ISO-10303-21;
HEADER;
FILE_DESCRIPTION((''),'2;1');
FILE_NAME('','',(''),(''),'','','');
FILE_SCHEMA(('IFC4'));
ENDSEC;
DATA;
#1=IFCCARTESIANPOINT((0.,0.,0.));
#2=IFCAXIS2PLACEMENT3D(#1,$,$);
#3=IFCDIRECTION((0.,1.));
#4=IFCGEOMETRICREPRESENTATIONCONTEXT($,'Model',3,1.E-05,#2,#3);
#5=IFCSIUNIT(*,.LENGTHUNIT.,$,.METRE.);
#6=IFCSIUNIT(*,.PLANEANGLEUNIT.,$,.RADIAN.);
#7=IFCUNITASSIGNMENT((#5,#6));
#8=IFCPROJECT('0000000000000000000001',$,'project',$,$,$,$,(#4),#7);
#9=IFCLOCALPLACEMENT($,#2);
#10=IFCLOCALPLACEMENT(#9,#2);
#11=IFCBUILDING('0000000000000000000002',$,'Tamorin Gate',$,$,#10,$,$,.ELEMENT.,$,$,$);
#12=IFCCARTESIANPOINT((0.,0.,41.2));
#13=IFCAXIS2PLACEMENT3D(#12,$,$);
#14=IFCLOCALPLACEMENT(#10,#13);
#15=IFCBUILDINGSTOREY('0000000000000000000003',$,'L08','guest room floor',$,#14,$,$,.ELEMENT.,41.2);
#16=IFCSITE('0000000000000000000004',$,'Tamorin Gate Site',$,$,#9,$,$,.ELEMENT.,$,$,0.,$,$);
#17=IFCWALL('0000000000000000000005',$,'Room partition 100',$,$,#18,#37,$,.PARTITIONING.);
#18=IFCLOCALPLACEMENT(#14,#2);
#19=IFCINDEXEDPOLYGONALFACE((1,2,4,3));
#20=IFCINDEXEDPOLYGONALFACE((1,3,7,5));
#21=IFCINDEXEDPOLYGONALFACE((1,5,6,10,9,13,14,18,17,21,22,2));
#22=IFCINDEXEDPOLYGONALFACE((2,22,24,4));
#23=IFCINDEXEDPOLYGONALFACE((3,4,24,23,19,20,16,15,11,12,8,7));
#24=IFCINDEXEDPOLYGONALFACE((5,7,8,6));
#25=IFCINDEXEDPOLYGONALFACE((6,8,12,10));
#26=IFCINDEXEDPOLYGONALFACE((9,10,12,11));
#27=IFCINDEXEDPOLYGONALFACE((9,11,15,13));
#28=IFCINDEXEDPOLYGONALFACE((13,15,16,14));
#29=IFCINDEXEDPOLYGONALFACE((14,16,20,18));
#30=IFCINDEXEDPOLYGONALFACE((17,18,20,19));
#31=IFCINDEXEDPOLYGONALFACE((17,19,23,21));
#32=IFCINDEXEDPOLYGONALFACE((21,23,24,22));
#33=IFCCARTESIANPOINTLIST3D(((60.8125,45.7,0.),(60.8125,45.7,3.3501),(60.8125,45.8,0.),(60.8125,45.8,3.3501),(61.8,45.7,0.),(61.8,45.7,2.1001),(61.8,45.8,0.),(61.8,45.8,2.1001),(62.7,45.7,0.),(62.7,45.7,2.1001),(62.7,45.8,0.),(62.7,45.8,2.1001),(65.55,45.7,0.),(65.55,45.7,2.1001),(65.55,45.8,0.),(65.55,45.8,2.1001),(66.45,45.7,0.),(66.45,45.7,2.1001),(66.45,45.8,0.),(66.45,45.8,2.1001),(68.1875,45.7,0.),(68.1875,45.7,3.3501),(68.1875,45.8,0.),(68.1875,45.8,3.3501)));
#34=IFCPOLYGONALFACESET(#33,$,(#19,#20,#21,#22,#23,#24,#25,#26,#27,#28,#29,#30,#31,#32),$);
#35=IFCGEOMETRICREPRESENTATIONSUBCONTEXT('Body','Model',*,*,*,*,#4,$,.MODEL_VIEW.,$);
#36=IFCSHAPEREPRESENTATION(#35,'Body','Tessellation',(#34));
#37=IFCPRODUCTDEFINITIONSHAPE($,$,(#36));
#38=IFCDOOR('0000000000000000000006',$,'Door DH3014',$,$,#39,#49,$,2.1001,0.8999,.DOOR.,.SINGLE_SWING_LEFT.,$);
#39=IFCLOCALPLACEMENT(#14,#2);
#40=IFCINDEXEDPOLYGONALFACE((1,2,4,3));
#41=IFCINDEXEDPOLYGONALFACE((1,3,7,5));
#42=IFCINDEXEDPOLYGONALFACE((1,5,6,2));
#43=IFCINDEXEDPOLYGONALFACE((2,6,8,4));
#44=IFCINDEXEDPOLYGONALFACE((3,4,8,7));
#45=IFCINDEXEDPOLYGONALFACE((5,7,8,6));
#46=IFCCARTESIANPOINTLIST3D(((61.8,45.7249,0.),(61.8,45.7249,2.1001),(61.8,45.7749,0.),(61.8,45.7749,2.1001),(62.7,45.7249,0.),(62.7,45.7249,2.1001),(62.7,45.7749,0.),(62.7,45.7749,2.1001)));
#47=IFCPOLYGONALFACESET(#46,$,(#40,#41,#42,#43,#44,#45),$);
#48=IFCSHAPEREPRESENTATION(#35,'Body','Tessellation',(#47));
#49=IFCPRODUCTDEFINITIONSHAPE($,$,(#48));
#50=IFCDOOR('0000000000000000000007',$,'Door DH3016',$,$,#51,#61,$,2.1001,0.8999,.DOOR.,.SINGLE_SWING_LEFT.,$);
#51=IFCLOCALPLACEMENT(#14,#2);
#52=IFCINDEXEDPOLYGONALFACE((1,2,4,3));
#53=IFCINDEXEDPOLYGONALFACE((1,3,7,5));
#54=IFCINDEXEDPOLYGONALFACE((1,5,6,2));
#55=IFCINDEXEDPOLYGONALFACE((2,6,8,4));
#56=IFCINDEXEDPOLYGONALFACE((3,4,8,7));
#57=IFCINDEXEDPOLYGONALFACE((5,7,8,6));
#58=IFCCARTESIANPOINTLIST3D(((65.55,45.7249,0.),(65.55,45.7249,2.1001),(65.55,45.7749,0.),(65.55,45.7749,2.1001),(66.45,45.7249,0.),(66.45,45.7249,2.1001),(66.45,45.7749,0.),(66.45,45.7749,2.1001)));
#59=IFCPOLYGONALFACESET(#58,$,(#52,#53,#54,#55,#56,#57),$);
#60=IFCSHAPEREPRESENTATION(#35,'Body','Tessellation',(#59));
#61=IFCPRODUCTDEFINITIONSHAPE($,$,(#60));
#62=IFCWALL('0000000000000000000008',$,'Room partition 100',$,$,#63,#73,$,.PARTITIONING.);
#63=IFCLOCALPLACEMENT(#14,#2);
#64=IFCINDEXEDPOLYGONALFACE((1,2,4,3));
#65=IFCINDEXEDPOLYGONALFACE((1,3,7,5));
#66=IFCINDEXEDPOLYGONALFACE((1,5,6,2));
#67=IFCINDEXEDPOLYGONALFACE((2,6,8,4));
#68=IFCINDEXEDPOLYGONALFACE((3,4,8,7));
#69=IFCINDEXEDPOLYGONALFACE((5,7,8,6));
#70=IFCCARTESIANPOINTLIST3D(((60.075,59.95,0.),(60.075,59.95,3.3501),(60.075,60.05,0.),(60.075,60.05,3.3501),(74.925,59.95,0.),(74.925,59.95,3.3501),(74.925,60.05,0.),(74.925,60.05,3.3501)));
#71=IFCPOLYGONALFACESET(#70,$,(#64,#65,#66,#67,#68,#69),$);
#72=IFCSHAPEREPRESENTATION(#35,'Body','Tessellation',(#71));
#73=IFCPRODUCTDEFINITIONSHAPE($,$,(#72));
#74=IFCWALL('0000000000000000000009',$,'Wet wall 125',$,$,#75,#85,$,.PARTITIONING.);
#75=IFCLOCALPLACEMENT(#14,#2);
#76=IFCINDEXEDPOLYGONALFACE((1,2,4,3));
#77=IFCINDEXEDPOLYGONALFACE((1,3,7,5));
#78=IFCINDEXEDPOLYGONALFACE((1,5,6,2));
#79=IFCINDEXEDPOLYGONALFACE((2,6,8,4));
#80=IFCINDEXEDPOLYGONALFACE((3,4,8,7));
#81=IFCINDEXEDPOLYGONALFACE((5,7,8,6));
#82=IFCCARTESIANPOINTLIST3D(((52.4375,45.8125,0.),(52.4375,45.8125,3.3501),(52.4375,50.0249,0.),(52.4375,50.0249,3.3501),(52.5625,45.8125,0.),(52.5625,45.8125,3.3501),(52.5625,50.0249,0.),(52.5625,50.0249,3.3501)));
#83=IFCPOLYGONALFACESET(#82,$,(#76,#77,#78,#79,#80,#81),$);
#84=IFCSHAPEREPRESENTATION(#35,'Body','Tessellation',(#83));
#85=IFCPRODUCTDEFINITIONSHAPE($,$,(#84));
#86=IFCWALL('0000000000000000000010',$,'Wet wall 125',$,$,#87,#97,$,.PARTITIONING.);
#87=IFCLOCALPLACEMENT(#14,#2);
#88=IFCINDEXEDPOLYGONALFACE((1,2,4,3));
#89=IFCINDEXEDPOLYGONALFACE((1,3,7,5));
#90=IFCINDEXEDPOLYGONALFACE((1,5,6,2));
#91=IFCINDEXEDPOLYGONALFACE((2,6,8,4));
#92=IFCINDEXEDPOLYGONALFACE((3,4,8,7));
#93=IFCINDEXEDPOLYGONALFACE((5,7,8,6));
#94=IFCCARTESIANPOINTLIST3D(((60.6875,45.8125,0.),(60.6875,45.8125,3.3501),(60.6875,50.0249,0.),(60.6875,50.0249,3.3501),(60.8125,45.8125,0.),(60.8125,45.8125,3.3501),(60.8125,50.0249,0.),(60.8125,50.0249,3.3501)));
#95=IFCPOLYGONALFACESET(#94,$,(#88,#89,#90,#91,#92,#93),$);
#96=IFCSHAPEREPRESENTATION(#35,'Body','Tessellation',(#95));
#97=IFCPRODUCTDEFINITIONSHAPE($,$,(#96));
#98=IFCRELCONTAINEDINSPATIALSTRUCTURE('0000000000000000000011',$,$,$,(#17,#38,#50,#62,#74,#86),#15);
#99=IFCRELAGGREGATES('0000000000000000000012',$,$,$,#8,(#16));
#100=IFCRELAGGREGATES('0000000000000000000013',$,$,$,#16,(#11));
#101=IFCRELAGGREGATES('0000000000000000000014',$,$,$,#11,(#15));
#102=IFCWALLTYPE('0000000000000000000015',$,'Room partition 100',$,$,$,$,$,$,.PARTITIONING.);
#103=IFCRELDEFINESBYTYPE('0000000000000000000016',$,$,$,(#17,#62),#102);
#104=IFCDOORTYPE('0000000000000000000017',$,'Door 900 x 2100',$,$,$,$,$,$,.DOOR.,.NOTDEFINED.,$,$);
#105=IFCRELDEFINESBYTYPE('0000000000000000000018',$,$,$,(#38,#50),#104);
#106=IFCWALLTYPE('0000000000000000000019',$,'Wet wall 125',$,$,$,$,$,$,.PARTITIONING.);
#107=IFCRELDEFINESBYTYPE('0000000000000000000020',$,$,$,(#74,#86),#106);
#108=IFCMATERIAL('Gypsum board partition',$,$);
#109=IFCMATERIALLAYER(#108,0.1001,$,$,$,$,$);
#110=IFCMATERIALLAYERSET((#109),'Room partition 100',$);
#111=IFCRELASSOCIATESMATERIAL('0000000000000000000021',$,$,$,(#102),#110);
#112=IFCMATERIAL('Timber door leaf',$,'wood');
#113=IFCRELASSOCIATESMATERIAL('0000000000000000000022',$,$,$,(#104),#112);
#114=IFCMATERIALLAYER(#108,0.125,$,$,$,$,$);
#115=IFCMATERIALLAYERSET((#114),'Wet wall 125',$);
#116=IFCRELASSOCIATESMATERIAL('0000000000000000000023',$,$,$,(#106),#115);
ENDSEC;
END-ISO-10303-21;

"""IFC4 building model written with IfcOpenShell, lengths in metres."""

from ifc_helpers import new_model, si_unit, direction, frame, frame_2d, origin, place, context, subcontext, project, spatial, rectangle, extrude, material, layer, layer_set, type_object, element, fill, save


model = new_model("IFC4")

# Units and contexts
model_context = context("Model", 3, precision=1e-05, world=origin(), true_north=direction((0.0, 1.0)))
body_context = subcontext(model_context, "Body", "Model", "MODEL_VIEW")
ifc_project = project(units=[si_unit("LENGTHUNIT", "METRE"), si_unit("PLANEANGLEUNIT", "RADIAN")], contexts=[model_context])

# Site, building, storey
site_placement = place(None, origin())
site = spatial("IfcSite", under=ifc_project, at=site_placement, Name="Tamorin Gate Site", CompositionType="ELEMENT", RefElevation=0.0)
building_placement = place(site_placement, origin())
building = spatial("IfcBuilding", under=site, at=building_placement, Name="Tamorin Gate", CompositionType="ELEMENT")
storey_placement = place(building_placement, frame((0.0, 0.0, 41.2)))
storey = spatial("IfcBuildingStorey", under=building, at=storey_placement, Name="L08", Description="guest room floor", CompositionType="ELEMENT", Elevation=41.2)

# Shared definitions
ifc_material_1 = material(Name="Gypsum board partition")
ifc_material_2 = material(Name="Timber door leaf", Category="wood")

# Wall, openings, doors
ifc_layer_1 = layer(ifc_material_1, 0.1001)
ifc_layer_set_1 = layer_set([ifc_layer_1], Name="Room partition 100")
wall_type_1 = type_object("IfcWallType", Name="Room partition 100", PredefinedType="PARTITIONING", material=ifc_layer_set_1)
wall_1_placement = place(storey_placement, frame((60.8125, 45.75, 0.0), z_axis=(0.0, 0.0, 1.0), x_axis=(1.0, 0.0, 0.0)))
wall_1 = element("IfcWall", 1, at=wall_1_placement, inside=storey, type_object=wall_type_1, Name="Room partition 100", PredefinedType="PARTITIONING", context=body_context, shape_type="SweptSolid", body=[
    extrude(rectangle(XDim=7.375, YDim=0.1001, at=frame_2d((3.6875, 0.0))), origin(), (0.0, 0.0, 1.0), 3.3501),
])
opening_1_placement = place(wall_1_placement, frame((0.9875, 0.0, 0.0)))
opening_1 = element("IfcOpeningElement", 2, at=opening_1_placement, cuts=wall_1, PredefinedType="OPENING", context=body_context, shape_type="SweptSolid", body=[
    extrude(rectangle(XDim=0.8999, YDim=2.1001, at=frame_2d((0.45, 1.05))), frame((0.0, 0.0601, 0.0), z_axis=(0.0, -1.0, 0.0), x_axis=(1.0, 0.0, 0.0)), (0.0, 0.0, 1.0), 0.1201),
])
opening_2_placement = place(wall_1_placement, frame((4.7375, 0.0, 0.0)))
opening_2 = element("IfcOpeningElement", 3, at=opening_2_placement, cuts=wall_1, PredefinedType="OPENING", context=body_context, shape_type="SweptSolid", body=[
    extrude(rectangle(XDim=0.8999, YDim=2.1001, at=frame_2d((0.45, 1.05))), frame((0.0, 0.0601, 0.0), z_axis=(0.0, -1.0, 0.0), x_axis=(1.0, 0.0, 0.0)), (0.0, 0.0, 1.0), 0.1201),
])
door_type_1 = type_object("IfcDoorType", Name="Door 900 x 2100", OperationType="NOTDEFINED", PredefinedType="DOOR", material=ifc_material_2)
door_1_placement = place(opening_1_placement, origin())
door_1 = element("IfcDoor", 4, at=door_1_placement, inside=storey, type_object=door_type_1, Name="Door DH3014", OperationType="SINGLE_SWING_LEFT", OverallHeight=2.1001, OverallWidth=0.8999, PredefinedType="DOOR", context=body_context, shape_type="SweptSolid", body=[
    extrude(rectangle(XDim=0.8999, YDim=2.1001, at=frame_2d((0.45, 1.05))), frame((0.0, 0.0249, 0.0), z_axis=(0.0, -1.0, 0.0), x_axis=(1.0, 0.0, 0.0)), (0.0, 0.0, 1.0), 0.05),
])
fill(opening_1, door_1)
door_2_placement = place(opening_2_placement, origin())
door_2 = element("IfcDoor", 5, at=door_2_placement, inside=storey, type_object=door_type_1, Name="Door DH3016", OperationType="SINGLE_SWING_LEFT", OverallHeight=2.1001, OverallWidth=0.8999, PredefinedType="DOOR", context=body_context, shape_type="SweptSolid", body=[
    extrude(rectangle(XDim=0.8999, YDim=2.1001, at=frame_2d((0.45, 1.05))), frame((0.0, 0.0249, 0.0), z_axis=(0.0, -1.0, 0.0), x_axis=(1.0, 0.0, 0.0)), (0.0, 0.0, 1.0), 0.05),
])
fill(opening_2, door_2)

# Walls
wall_2_placement = place(storey_placement, frame((60.075, 60.0, 0.0), z_axis=(0.0, 0.0, 1.0), x_axis=(1.0, 0.0, 0.0)))
element("IfcWall", 6, at=wall_2_placement, inside=storey, type_object=wall_type_1, Name="Room partition 100", PredefinedType="PARTITIONING", context=body_context, shape_type="SweptSolid", body=[
    extrude(rectangle(XDim=14.8501, YDim=0.1001, at=frame_2d((7.425, 0.0))), origin(), (0.0, 0.0, 1.0), 3.3501),
])
ifc_layer_2 = layer(ifc_material_1, 0.125)
ifc_layer_set_2 = layer_set([ifc_layer_2], Name="Wet wall 125")
wall_type_2 = type_object("IfcWallType", Name="Wet wall 125", PredefinedType="PARTITIONING", material=ifc_layer_set_2)
for number, where, z_axis, x_axis, name in (
    (7, (52.5, 45.8125, 0.0), (0.0, 0.0, 1.0), (0.0, 1.0, 0.0), "Wet wall 125"),
    (8, (60.75, 45.8125, 0.0), (0.0, 0.0, 1.0), (0.0, 1.0, 0.0), "Wet wall 125"),
):
    element("IfcWall", number, at=place(storey_placement, frame(where, z_axis=z_axis, x_axis=x_axis)), inside=storey, type_object=wall_type_2, Name=name, PredefinedType="PARTITIONING", context=body_context, shape_type="SweptSolid", body=[
        extrude(rectangle(XDim=4.2124, YDim=0.125, at=frame_2d((2.1062, 0.0))), origin(), (0.0, 0.0, 1.0), 3.3501),
    ])

save(model, "model.ifc")
